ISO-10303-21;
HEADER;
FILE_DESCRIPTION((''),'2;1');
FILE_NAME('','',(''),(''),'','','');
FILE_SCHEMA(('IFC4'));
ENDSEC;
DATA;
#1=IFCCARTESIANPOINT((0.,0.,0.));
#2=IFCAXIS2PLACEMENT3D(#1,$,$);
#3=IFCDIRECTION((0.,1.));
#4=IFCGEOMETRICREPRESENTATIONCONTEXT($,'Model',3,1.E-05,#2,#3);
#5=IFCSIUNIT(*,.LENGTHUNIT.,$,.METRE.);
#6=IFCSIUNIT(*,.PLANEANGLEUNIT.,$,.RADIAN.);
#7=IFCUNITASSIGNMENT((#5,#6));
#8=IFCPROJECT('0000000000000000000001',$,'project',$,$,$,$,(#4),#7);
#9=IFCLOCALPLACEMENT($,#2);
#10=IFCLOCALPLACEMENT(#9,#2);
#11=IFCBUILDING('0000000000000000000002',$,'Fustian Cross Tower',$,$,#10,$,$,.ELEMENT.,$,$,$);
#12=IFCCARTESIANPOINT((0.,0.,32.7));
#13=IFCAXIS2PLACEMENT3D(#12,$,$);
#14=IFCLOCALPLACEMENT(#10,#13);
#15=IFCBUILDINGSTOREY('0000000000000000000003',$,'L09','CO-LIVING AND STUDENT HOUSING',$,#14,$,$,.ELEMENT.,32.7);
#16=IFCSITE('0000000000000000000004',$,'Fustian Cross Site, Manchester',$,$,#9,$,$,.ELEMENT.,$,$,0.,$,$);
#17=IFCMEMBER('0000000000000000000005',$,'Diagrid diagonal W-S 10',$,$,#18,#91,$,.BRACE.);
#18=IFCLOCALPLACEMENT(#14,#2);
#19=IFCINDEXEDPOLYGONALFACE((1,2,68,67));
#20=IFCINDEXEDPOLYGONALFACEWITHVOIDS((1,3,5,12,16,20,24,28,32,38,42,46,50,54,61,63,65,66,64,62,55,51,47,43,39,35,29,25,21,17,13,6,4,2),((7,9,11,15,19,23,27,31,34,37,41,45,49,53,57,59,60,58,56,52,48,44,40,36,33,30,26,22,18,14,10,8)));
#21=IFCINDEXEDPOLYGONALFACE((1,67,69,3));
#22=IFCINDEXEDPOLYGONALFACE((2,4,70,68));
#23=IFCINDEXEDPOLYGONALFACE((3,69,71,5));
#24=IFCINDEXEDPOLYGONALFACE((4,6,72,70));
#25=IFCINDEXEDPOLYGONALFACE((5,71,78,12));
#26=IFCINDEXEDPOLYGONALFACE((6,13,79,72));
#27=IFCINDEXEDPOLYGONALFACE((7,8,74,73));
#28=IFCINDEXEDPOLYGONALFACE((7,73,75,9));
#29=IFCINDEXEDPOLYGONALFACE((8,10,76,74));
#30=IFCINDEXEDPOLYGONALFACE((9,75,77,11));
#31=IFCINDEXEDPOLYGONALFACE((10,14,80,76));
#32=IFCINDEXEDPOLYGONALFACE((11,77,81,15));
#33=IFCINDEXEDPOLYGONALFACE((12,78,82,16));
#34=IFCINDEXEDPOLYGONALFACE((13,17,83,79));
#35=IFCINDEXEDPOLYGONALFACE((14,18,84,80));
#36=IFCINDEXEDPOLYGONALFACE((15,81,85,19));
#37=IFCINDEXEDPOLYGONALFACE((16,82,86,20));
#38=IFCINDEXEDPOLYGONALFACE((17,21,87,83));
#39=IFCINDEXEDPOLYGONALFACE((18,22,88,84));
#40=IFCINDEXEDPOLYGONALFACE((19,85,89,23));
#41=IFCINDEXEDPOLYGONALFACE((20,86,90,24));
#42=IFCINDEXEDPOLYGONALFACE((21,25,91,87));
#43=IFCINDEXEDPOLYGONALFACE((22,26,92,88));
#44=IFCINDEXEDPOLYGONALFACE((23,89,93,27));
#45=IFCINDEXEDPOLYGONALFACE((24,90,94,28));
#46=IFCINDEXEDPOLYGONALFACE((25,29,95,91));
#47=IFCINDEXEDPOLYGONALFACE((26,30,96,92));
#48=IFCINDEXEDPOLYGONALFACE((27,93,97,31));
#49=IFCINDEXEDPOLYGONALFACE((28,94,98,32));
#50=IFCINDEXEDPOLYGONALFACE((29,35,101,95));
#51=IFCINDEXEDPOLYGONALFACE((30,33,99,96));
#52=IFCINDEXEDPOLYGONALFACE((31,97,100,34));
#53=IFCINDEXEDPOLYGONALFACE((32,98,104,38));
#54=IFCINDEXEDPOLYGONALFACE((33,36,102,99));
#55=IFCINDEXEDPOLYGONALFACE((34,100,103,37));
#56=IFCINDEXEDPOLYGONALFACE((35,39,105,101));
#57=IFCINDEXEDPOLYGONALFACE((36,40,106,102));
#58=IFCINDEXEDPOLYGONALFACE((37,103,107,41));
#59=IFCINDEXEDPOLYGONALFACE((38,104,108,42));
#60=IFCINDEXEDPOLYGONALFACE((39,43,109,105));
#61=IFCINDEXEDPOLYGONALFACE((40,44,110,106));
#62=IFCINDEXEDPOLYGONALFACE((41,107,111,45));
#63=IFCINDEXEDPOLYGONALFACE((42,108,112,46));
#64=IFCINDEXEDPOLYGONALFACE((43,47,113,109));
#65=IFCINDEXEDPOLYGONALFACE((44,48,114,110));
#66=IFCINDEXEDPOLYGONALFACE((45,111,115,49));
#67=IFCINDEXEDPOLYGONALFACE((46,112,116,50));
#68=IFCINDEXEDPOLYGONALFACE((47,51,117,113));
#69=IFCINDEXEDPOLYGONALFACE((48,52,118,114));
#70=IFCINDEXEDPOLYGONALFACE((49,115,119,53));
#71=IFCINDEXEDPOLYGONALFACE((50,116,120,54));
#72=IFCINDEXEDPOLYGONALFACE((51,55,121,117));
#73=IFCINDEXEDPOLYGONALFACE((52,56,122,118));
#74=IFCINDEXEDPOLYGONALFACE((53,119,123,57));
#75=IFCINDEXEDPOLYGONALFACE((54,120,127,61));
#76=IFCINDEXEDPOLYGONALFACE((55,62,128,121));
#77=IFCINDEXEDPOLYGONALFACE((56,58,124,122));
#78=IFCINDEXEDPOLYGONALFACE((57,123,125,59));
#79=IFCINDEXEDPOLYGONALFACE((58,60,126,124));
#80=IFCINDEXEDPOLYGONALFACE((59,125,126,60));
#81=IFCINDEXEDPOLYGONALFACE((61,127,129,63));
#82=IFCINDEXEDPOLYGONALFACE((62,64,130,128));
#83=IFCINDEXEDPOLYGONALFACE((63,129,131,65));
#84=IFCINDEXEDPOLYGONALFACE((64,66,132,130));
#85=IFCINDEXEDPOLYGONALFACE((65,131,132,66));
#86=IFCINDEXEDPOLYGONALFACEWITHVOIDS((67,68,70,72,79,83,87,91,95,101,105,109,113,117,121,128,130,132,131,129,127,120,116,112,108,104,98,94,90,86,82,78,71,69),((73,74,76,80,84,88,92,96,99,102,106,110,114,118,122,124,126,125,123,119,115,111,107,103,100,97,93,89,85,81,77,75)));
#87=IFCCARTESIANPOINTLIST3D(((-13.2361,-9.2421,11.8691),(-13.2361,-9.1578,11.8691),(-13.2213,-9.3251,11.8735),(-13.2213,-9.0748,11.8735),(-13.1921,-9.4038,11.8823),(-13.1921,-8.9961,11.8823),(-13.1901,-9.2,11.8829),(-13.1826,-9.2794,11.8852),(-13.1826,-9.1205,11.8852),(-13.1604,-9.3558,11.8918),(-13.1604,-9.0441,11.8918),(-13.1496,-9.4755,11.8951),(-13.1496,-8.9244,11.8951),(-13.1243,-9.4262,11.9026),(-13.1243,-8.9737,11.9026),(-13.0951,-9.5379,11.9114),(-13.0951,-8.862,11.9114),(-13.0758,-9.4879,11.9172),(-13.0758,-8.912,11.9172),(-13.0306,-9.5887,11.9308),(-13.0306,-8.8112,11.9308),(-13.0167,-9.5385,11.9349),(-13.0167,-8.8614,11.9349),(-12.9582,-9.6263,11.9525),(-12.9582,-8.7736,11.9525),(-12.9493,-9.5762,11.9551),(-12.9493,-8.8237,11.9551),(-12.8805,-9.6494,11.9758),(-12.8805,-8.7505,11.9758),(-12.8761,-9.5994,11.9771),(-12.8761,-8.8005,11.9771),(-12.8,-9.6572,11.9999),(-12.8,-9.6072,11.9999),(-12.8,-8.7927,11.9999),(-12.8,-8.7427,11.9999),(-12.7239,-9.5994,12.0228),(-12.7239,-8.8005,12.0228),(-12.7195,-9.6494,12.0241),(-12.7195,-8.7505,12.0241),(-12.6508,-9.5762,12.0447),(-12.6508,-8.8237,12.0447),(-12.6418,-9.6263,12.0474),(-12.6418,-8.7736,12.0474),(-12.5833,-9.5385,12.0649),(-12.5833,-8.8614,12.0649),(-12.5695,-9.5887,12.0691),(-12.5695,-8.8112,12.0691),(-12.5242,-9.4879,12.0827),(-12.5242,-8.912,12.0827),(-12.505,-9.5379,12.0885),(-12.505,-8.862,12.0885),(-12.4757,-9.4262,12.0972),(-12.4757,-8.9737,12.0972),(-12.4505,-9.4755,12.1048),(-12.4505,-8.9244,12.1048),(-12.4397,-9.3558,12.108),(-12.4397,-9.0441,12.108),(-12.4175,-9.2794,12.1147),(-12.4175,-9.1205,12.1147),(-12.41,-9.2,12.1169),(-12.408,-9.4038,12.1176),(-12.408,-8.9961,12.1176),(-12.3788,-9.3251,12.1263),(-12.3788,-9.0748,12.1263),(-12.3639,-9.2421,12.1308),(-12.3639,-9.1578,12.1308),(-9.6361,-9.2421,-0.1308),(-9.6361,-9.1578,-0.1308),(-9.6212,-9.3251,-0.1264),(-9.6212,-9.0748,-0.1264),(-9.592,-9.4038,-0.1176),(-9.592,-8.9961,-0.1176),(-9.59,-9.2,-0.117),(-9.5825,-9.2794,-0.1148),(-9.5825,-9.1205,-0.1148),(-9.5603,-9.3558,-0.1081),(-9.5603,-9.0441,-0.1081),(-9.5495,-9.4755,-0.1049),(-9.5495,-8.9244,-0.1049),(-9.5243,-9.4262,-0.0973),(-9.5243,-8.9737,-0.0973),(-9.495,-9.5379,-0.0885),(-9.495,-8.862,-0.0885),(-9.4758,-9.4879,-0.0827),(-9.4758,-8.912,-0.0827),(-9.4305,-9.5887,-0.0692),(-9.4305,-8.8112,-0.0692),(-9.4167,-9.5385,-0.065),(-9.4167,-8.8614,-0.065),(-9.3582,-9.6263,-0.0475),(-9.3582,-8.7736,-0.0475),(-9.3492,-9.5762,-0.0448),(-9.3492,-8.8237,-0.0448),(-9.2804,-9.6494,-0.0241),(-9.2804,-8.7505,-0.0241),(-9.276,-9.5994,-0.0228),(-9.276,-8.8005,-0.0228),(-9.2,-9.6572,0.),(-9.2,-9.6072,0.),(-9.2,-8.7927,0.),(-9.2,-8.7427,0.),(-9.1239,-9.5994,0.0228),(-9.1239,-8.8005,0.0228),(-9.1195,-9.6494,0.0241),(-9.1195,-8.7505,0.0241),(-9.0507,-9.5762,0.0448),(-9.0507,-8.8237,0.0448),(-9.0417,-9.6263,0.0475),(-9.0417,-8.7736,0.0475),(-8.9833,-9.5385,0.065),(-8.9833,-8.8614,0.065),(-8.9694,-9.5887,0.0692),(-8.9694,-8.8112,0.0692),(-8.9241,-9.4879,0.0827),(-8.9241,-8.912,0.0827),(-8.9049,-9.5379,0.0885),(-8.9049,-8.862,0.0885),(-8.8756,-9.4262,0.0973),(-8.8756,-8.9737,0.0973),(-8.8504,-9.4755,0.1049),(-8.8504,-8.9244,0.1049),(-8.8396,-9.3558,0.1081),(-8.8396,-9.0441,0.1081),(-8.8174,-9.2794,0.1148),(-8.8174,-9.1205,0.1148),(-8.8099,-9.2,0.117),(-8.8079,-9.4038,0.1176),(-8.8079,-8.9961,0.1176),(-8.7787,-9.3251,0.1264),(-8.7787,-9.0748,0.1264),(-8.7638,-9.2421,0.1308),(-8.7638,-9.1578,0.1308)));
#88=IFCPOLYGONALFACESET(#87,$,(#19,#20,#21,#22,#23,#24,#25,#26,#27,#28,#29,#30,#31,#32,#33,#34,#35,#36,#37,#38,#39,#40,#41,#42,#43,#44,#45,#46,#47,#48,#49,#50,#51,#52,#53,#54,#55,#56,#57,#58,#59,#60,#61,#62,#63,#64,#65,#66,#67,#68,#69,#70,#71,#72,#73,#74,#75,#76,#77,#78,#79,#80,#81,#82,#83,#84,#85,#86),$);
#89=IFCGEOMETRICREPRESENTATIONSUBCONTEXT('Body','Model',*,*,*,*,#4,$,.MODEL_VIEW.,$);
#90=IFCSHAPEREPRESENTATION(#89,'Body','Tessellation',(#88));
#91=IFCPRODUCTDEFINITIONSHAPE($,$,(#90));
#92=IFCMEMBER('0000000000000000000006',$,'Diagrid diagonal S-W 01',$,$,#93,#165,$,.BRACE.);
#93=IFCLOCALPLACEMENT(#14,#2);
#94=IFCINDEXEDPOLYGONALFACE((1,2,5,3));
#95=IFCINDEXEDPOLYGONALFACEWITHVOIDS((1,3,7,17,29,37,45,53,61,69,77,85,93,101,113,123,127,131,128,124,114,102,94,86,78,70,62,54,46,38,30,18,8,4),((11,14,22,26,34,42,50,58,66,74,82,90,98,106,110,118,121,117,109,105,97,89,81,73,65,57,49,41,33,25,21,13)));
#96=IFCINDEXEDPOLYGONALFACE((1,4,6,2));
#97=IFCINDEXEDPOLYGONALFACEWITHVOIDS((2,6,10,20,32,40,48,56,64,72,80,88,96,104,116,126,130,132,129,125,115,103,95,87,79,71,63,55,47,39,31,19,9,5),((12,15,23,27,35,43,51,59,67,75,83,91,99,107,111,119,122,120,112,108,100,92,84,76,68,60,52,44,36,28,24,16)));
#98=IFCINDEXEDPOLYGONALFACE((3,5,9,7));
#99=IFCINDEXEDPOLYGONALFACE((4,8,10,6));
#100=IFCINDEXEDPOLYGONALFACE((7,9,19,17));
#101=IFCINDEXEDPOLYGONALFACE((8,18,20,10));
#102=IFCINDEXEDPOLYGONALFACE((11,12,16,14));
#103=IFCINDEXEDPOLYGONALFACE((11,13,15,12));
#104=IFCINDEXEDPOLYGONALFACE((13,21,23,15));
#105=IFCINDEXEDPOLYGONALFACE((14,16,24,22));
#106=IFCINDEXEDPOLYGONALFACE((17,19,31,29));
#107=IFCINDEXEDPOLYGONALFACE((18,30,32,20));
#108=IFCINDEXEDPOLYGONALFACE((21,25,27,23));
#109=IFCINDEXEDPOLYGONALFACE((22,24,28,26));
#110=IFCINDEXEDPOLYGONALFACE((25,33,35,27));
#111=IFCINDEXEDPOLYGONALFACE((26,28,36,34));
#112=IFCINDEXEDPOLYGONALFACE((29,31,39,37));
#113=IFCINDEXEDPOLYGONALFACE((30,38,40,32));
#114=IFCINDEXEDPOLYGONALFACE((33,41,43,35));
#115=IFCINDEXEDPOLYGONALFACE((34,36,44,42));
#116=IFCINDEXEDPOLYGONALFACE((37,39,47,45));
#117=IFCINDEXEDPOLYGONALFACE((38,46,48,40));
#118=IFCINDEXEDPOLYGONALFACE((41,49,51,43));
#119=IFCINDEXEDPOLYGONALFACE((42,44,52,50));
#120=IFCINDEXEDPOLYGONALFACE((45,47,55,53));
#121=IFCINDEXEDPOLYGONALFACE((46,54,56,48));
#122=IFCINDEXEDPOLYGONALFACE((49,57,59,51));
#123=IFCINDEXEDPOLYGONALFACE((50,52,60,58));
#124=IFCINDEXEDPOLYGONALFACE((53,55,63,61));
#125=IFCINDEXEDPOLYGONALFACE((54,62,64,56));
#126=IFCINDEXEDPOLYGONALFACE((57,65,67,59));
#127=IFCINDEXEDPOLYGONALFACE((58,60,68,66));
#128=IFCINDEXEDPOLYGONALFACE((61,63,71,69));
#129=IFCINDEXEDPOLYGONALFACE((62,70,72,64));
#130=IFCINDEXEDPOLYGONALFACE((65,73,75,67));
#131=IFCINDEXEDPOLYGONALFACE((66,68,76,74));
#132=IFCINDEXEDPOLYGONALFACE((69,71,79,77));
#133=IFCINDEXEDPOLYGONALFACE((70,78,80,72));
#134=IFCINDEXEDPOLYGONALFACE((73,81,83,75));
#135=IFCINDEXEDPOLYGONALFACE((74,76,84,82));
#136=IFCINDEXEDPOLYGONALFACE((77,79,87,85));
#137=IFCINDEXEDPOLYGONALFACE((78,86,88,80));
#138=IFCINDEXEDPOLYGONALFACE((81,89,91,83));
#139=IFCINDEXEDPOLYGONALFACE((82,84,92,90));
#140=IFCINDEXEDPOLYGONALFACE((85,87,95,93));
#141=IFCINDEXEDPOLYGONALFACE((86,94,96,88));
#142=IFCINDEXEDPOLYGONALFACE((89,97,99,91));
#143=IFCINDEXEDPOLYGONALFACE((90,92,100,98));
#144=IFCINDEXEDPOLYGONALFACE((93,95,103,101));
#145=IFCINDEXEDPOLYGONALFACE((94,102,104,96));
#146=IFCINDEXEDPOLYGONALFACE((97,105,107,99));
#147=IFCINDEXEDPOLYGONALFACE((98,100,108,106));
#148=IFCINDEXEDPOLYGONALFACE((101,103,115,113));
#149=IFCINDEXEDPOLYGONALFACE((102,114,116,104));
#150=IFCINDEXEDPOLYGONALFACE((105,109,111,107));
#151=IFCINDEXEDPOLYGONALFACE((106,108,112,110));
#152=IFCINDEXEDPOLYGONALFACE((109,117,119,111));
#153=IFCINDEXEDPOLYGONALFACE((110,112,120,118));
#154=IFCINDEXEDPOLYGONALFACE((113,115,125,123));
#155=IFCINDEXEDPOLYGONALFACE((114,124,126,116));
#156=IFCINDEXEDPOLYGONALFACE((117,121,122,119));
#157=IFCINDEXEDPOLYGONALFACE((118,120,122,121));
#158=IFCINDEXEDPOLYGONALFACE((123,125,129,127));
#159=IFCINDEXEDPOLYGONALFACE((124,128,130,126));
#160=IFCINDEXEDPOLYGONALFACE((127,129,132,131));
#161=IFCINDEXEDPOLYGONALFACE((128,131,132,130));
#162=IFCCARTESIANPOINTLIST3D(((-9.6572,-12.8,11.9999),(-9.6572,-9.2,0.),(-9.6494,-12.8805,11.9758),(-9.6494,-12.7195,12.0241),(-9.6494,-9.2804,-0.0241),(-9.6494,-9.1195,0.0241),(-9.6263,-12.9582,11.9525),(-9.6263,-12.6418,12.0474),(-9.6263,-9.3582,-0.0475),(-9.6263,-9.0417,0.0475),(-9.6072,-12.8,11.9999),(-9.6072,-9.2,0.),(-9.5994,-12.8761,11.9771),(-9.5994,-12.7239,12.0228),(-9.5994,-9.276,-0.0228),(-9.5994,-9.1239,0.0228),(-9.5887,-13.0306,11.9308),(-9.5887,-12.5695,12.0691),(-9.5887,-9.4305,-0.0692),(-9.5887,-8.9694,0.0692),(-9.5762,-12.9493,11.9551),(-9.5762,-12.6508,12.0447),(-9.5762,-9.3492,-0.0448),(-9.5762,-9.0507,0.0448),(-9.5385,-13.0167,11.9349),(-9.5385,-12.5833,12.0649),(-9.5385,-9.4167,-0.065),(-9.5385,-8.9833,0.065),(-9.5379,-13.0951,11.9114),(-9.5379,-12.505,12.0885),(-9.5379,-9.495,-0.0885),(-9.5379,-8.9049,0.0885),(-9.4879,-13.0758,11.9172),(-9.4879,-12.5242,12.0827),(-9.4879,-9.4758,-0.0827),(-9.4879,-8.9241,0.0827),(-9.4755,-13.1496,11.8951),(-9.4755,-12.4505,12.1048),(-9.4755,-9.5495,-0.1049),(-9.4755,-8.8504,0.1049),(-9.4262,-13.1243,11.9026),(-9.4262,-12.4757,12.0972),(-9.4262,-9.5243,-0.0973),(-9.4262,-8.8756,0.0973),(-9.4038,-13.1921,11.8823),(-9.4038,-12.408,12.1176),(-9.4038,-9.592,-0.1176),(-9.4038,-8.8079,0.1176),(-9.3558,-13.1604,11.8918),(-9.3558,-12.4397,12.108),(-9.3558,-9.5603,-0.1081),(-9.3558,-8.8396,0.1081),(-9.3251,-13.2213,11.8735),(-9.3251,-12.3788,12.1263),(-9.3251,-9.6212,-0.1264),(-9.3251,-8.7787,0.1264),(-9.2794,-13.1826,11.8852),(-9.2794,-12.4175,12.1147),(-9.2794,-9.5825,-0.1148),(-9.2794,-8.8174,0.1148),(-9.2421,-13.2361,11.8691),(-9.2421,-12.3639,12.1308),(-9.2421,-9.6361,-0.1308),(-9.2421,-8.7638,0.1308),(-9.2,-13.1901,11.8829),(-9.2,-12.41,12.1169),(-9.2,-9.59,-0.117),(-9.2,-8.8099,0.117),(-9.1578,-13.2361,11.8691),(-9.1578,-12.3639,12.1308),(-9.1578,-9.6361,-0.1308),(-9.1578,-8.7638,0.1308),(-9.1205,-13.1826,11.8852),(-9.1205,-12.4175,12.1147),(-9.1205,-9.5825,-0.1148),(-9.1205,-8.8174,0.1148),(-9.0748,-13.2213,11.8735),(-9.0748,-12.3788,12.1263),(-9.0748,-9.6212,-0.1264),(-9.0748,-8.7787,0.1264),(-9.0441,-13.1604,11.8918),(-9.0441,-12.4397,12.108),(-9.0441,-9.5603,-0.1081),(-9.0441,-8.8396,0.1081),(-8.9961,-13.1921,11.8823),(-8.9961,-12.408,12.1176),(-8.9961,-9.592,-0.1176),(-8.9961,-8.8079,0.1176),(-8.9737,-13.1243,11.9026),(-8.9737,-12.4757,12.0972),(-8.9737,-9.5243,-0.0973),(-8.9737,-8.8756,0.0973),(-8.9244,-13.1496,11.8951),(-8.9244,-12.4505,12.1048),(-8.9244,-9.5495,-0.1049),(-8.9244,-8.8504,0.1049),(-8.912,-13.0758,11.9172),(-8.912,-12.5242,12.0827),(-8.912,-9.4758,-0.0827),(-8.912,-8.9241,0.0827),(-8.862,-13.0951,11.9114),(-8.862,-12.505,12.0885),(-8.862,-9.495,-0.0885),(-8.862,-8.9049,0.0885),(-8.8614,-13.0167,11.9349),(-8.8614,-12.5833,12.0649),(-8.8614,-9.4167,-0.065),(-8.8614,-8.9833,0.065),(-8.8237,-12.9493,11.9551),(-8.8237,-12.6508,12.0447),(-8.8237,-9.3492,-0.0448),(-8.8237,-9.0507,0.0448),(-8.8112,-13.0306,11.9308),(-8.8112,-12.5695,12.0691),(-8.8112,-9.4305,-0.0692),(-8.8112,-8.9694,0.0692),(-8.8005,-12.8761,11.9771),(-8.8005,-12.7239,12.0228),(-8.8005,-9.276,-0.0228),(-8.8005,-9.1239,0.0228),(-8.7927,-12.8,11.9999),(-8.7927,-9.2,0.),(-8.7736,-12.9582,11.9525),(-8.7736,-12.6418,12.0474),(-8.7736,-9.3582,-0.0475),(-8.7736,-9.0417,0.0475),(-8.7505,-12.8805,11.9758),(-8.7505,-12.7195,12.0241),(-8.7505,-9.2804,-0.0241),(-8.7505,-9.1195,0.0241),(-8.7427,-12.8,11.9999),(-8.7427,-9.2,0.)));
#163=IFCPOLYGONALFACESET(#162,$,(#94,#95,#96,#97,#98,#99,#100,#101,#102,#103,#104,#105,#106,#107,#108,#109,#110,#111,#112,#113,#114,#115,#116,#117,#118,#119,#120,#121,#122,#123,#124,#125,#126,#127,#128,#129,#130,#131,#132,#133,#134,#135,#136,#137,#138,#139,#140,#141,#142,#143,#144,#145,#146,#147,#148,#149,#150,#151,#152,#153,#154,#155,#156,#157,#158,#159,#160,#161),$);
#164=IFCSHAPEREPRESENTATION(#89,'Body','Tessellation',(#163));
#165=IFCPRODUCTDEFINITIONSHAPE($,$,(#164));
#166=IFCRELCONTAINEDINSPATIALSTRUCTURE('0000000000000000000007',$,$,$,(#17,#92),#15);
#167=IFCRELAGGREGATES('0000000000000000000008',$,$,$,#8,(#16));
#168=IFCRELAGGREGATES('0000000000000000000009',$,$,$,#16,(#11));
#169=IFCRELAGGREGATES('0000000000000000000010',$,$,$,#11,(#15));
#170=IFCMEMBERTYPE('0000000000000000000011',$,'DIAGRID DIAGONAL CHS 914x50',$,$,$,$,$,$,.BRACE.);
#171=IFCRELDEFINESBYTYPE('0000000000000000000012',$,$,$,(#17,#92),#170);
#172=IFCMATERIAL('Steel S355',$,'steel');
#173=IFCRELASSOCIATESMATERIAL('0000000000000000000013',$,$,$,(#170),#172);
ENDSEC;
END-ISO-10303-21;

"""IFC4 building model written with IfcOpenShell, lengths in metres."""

from ifc_helpers import new_model, si_unit, direction, frame, origin, origin_2d, place, context, subcontext, project, spatial, hollow_circle, extrude, material, material_profile, profile_set, type_object, element, save


model = new_model("IFC4")

# Units and contexts
model_context = context("Model", 3, precision=1e-05, world=origin(), true_north=direction((0.0, 1.0)))
body_context = subcontext(model_context, "Body", "Model", "MODEL_VIEW")
ifc_project = project(units=[si_unit("LENGTHUNIT", "METRE"), si_unit("PLANEANGLEUNIT", "RADIAN")], contexts=[model_context])

# Site, building, storey
site_placement = place(None, origin())
site = spatial("IfcSite", under=ifc_project, at=site_placement, Name="Fustian Cross Site, Manchester", CompositionType="ELEMENT", RefElevation=0.0)
building_placement = place(site_placement, origin())
building = spatial("IfcBuilding", under=site, at=building_placement, Name="Fustian Cross Tower", CompositionType="ELEMENT")
storey_placement = place(building_placement, frame((0.0, 0.0, 32.7)))
storey = spatial("IfcBuildingStorey", under=building, at=storey_placement, Name="L09", Description="CO-LIVING AND STUDENT HOUSING", CompositionType="ELEMENT", Elevation=32.7)

# Members
ifc_material_1 = material(Name="Steel S355", Category="steel")
ifc_material_profile_1 = material_profile(ifc_material_1, hollow_circle(Radius=0.4573, WallThickness=0.05, at=origin_2d()), Name="CHS 914x50")
ifc_profile_set_1 = profile_set([ifc_material_profile_1], Name="Steel S355")
member_type_1 = type_object("IfcMemberType", Name="DIAGRID DIAGONAL CHS 914x50", PredefinedType="BRACE", material=ifc_profile_set_1)
for number, where, z_axis, x_axis, name in (
    (1, (-9.2, -9.2, 0.0), (-0.287355, 0.0, 0.957824), (0.0, -1.0, 0.0), "Diagrid diagonal W-S 10"),
    (2, (-9.2, -9.2, 0.0), (0.0, -0.287355, 0.957824), (1.0, 0.0, 0.0), "Diagrid diagonal S-W 01"),
):
    element("IfcMember", number, at=place(storey_placement, frame(where, z_axis=z_axis, x_axis=x_axis)), inside=storey, type_object=member_type_1, Name=name, PredefinedType="BRACE", context=body_context, shape_type="SweptSolid", body=[
        extrude(hollow_circle(Radius=0.4573, WallThickness=0.05, at=origin_2d()), origin(), (0.0, 0.0, 1.0), 12.5283),
    ])

save(model, "model.ifc")
